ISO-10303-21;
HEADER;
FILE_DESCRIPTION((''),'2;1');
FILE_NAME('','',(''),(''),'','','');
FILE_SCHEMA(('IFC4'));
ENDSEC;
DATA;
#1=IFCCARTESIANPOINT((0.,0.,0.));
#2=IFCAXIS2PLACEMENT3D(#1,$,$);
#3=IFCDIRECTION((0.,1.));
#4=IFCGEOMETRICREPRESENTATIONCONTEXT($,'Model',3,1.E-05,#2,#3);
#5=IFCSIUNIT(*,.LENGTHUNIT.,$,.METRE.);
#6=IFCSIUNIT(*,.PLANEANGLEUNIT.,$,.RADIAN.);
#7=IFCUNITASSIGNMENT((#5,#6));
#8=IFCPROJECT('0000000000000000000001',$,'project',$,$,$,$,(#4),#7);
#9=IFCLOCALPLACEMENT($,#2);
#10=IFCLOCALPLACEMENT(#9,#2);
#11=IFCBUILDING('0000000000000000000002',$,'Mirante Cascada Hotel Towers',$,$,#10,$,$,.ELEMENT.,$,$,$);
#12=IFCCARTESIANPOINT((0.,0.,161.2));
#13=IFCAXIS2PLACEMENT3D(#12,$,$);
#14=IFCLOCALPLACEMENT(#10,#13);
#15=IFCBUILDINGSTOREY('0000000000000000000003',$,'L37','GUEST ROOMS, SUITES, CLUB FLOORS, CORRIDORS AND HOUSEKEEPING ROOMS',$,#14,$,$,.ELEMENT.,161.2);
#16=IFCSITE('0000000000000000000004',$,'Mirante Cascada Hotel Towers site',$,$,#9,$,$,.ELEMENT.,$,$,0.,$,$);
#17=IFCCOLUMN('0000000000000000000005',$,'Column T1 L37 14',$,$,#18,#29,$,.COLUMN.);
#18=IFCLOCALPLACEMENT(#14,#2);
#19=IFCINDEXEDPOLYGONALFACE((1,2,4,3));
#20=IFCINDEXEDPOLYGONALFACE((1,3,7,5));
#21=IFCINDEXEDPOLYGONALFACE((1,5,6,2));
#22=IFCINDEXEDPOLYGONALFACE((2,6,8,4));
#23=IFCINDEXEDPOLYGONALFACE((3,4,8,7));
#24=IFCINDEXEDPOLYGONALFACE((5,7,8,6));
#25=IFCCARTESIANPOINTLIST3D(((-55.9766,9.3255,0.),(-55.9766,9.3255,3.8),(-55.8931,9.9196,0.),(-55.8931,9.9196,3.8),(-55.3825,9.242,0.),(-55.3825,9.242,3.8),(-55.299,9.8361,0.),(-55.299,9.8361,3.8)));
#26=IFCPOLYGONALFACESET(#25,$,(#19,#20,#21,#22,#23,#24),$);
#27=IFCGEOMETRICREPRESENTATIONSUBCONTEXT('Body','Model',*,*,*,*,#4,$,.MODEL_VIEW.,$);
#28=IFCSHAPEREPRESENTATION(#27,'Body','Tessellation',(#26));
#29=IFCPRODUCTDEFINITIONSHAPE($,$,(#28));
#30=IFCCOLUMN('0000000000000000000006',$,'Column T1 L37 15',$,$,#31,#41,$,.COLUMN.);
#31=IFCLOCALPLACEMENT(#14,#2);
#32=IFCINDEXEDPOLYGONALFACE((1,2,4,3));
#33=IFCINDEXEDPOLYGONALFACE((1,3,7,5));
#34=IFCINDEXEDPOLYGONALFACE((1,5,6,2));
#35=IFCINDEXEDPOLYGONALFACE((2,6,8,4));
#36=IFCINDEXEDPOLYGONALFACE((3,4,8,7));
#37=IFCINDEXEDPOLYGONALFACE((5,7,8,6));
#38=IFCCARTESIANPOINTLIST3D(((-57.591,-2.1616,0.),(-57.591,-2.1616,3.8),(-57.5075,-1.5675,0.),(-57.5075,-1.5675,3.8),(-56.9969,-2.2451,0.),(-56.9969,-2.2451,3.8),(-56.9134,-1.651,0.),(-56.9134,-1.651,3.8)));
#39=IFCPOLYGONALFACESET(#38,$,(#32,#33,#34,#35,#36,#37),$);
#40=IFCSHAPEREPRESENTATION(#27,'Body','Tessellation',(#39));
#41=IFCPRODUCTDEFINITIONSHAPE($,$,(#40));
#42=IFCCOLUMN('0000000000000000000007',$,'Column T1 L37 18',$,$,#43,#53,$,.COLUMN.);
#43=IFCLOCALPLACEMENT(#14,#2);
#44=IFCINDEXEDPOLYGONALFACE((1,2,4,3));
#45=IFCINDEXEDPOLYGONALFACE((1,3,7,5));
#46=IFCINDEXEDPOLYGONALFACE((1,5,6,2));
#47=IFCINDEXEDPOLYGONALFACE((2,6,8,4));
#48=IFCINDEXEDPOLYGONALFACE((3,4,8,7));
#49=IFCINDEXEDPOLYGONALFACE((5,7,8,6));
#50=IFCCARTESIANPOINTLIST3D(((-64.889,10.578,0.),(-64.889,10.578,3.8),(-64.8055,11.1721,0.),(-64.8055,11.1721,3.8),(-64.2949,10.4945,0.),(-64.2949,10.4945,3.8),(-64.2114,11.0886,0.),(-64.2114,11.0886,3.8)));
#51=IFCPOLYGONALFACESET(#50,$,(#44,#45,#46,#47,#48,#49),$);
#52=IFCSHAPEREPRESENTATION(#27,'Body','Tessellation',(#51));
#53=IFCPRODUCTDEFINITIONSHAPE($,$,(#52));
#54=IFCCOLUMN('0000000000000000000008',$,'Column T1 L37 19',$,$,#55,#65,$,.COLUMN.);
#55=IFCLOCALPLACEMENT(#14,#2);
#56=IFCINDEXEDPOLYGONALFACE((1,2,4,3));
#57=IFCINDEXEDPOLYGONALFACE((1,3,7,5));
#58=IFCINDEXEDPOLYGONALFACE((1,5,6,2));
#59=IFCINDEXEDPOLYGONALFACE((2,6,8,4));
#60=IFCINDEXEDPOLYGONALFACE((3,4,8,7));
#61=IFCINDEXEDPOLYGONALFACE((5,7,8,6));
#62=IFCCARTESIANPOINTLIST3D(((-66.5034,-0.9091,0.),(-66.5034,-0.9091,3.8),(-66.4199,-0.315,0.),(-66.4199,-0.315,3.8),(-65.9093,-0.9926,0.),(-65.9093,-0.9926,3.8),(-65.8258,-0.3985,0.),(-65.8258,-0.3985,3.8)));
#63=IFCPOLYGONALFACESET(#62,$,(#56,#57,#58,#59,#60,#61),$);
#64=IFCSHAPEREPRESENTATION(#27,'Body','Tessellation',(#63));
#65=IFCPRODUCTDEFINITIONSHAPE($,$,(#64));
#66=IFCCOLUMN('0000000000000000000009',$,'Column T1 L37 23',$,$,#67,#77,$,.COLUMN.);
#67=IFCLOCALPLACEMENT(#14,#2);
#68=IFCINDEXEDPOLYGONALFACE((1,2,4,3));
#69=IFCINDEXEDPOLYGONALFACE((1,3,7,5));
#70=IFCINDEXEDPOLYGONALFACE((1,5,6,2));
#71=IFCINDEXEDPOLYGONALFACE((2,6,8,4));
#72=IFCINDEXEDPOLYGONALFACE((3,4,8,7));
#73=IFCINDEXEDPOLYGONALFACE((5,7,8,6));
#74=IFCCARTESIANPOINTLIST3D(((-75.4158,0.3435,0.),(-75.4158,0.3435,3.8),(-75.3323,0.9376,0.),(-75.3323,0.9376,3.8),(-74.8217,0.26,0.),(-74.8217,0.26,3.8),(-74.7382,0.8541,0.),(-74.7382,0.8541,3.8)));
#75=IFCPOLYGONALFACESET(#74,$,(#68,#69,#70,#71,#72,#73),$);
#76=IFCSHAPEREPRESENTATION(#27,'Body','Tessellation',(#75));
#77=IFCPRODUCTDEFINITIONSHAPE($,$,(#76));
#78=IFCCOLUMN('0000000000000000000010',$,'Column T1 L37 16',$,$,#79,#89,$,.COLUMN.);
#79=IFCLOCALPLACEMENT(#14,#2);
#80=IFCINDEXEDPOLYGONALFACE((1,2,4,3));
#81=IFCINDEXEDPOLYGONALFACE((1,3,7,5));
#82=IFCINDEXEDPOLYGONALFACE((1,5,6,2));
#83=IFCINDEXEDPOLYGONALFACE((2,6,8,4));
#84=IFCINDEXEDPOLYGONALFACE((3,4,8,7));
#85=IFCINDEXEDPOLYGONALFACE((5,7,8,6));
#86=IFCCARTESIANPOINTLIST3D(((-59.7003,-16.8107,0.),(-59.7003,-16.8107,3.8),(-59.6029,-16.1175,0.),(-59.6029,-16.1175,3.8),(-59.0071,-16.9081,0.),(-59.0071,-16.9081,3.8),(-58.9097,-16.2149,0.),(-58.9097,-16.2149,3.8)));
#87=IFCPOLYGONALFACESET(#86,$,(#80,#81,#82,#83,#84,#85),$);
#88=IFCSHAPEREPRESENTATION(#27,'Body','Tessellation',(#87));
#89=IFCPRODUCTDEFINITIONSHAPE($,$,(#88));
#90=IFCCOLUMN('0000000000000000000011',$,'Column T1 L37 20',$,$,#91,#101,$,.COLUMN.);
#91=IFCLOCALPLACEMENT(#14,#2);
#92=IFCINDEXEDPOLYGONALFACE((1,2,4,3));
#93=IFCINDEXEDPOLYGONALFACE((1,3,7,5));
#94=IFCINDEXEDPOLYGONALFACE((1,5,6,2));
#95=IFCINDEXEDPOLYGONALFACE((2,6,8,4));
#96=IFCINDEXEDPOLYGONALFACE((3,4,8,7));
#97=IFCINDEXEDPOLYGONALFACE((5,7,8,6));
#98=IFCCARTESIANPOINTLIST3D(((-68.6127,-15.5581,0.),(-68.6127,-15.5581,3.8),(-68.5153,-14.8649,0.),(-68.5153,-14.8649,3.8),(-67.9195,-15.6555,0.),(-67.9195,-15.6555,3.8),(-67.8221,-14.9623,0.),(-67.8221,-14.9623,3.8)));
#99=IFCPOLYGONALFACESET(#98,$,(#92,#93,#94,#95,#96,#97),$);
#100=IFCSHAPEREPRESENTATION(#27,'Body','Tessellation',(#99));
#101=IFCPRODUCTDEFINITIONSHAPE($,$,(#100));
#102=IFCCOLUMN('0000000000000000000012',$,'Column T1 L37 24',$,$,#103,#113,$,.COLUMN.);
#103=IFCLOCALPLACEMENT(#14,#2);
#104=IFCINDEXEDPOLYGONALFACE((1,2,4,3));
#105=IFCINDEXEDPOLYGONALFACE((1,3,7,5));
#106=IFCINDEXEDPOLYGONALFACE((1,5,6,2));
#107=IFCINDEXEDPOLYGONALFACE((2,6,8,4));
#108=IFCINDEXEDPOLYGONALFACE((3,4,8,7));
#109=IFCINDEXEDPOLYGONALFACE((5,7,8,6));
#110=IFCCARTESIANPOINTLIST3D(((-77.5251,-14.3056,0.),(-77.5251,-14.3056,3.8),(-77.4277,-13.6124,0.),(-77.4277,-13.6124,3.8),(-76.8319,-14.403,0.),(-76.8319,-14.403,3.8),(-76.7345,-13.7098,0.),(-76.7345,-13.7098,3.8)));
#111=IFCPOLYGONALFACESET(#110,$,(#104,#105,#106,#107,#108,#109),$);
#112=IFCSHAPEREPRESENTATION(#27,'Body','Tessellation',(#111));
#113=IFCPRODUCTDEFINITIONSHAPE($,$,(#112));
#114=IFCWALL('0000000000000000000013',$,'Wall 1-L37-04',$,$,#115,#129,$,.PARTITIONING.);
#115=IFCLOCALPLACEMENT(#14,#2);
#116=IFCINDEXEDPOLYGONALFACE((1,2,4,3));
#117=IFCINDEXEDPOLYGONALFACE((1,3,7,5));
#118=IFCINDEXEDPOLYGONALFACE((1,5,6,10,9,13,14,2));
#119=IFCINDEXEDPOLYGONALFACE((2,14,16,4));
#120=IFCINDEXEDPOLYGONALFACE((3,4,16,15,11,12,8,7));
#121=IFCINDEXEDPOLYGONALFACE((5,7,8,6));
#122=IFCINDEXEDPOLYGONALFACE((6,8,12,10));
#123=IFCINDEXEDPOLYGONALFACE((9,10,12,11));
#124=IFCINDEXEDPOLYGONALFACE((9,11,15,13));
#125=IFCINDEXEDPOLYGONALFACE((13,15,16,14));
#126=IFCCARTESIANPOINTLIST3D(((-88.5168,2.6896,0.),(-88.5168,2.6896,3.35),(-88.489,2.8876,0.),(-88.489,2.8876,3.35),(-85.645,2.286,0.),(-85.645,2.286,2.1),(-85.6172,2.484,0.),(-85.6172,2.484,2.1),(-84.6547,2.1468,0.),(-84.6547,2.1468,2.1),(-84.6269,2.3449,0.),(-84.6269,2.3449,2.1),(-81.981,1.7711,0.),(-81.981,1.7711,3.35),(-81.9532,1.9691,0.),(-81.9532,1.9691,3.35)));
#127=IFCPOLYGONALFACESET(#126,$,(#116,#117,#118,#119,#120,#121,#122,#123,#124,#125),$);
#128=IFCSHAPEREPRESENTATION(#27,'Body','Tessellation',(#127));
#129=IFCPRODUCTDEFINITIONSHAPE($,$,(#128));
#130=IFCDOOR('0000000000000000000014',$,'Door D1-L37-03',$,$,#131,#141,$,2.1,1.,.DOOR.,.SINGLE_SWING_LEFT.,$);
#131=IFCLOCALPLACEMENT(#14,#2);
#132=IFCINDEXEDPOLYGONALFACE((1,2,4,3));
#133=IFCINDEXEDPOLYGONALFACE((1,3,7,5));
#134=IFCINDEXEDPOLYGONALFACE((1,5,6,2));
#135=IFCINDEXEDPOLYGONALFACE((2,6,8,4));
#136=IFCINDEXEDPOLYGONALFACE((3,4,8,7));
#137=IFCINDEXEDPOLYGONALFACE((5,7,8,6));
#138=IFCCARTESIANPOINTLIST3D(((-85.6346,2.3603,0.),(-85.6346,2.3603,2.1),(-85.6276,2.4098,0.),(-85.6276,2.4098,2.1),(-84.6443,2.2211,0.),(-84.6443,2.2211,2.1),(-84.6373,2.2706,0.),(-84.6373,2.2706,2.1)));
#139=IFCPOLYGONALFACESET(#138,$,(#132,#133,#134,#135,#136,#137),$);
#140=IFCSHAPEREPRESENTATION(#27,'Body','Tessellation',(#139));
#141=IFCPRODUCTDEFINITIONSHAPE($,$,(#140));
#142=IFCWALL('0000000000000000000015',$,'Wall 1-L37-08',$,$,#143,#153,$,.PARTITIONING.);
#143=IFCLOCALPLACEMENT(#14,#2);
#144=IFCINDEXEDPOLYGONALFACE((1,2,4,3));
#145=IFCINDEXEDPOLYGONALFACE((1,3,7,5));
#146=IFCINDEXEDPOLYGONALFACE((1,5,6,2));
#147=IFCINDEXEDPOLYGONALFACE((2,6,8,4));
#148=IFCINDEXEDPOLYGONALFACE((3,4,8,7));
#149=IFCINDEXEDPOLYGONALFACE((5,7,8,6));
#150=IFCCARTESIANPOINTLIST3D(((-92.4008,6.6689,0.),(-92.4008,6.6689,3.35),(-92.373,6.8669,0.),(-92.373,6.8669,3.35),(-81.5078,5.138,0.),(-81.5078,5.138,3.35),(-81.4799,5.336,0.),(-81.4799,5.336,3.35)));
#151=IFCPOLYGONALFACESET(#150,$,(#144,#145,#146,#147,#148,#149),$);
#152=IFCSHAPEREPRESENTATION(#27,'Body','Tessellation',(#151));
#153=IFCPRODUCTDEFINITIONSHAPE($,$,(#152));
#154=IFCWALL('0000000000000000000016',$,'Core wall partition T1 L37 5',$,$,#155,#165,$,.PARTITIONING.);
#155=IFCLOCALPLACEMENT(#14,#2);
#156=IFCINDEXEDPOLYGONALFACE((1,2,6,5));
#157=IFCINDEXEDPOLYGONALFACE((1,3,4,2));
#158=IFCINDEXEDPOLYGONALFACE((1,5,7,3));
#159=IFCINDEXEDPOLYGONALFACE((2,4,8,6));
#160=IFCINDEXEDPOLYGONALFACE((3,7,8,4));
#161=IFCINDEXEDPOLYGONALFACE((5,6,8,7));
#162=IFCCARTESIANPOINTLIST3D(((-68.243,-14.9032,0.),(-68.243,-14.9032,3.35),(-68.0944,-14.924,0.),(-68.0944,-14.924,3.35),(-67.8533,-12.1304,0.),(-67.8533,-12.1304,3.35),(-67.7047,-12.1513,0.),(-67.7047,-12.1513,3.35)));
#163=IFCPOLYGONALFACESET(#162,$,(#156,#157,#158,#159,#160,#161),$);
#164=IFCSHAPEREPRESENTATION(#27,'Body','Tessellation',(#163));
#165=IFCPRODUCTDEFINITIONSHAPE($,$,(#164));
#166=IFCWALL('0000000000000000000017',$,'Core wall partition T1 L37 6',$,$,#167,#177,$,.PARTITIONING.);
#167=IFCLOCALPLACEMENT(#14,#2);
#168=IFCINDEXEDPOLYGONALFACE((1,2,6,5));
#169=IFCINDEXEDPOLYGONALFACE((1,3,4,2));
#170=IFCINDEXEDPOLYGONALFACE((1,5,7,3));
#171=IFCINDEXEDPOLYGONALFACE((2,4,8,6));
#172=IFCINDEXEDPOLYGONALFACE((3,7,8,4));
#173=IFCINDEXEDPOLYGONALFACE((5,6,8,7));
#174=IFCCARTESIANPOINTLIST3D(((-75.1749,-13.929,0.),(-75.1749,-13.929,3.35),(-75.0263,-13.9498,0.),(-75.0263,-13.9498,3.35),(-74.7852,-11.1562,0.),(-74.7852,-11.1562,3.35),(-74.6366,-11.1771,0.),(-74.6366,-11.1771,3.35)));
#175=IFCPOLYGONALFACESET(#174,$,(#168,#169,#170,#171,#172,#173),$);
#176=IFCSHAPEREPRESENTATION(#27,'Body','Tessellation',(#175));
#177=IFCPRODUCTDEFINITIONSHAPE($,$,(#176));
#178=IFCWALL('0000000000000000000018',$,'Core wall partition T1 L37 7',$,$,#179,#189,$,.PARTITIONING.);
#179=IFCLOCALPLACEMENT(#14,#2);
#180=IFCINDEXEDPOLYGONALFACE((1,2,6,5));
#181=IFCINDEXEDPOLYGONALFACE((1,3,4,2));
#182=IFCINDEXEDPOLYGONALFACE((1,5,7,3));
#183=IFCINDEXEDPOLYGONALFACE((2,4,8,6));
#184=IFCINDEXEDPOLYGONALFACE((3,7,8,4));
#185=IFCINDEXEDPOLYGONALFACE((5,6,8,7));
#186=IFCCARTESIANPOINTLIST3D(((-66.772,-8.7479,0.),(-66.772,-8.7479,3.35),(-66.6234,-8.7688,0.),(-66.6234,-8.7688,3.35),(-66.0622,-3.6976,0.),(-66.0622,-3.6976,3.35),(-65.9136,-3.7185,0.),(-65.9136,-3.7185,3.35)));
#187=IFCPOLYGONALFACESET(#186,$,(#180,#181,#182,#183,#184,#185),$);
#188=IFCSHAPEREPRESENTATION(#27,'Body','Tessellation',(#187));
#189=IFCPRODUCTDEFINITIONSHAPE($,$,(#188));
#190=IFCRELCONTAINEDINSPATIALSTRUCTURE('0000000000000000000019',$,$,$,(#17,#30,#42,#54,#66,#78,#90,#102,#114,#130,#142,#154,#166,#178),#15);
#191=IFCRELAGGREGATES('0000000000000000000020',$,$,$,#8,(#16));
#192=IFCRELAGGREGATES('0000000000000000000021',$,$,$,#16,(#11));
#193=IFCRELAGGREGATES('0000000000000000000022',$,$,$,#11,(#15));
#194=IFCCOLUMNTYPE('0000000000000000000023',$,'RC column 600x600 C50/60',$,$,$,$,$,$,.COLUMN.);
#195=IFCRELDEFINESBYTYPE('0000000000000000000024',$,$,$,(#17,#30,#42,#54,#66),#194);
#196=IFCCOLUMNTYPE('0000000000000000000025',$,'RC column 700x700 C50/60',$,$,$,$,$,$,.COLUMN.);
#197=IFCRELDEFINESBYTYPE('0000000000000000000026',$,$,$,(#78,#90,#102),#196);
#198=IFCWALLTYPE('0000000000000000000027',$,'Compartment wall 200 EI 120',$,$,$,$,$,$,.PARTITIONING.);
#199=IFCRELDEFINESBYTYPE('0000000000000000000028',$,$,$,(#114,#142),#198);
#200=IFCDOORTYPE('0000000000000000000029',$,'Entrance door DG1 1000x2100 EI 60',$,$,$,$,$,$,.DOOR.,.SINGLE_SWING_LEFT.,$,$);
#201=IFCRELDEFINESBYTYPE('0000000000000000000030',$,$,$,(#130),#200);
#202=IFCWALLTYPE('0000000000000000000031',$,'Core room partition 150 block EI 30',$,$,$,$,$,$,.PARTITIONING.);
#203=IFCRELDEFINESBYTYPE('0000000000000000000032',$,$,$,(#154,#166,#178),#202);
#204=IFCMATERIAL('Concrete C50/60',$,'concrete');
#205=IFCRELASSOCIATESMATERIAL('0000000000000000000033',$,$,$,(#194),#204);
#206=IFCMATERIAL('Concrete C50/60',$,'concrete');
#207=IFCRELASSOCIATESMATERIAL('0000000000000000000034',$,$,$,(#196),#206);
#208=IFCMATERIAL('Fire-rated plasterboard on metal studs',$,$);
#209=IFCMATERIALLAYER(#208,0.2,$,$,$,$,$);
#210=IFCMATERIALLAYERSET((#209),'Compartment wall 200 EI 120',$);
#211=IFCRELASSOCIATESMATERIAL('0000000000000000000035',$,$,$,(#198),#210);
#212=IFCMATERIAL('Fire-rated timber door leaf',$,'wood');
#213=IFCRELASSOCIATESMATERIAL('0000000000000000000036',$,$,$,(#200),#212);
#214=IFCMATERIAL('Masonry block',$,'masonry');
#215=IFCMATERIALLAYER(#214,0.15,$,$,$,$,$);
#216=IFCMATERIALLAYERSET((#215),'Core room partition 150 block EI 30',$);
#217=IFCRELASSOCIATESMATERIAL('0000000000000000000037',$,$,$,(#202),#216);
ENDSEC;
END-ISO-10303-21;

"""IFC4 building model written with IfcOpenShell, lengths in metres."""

from ifc_helpers import new_model, si_unit, direction, frame, frame_2d, origin, origin_2d, place, context, subcontext, project, spatial, rectangle, extrude, material, layer, layer_set, material_profile, profile_set, type_object, element, fill, save


model = new_model("IFC4")

# Units and contexts
model_context = context("Model", 3, precision=1e-05, world=origin(), true_north=direction((0.0, 1.0)))
body_context = subcontext(model_context, "Body", "Model", "MODEL_VIEW")
ifc_project = project(units=[si_unit("LENGTHUNIT", "METRE"), si_unit("PLANEANGLEUNIT", "RADIAN")], contexts=[model_context])

# Site, building, storey
site_placement = place(None, origin())
site = spatial("IfcSite", under=ifc_project, at=site_placement, Name="Mirante Cascada Hotel Towers site", CompositionType="ELEMENT", RefElevation=0.0)
building_placement = place(site_placement, origin())
building = spatial("IfcBuilding", under=site, at=building_placement, Name="Mirante Cascada Hotel Towers", CompositionType="ELEMENT")
storey_placement = place(building_placement, frame((0.0, 0.0, 161.2)))
storey = spatial("IfcBuildingStorey", under=building, at=storey_placement, Name="L37", Description="GUEST ROOMS, SUITES, CLUB FLOORS, CORRIDORS AND HOUSEKEEPING ROOMS", CompositionType="ELEMENT", Elevation=161.2)

# Columns
ifc_material_1 = material(Name="Concrete C50/60", Category="concrete")
ifc_material_profile_1 = material_profile(ifc_material_1, rectangle(XDim=0.6, YDim=0.6, at=origin_2d()), Name="RC column 600x600 C50/60")
ifc_profile_set_1 = profile_set([ifc_material_profile_1], Name="Concrete C50/60")
column_type_1 = type_object("IfcColumnType", Name="RC column 600x600 C50/60", PredefinedType="COLUMN", material=ifc_profile_set_1)
for number, where, z_axis, x_axis, name in (
    (1, (-55.6378, 9.5808, 0.0), (0.0, 0.0, 1.0), (-0.990268, 0.139173, 0.0), "Column T1 L37 14"),
    (2, (-57.2522, -1.9063, 0.0), (0.0, 0.0, 1.0), (-0.990268, 0.139173, 0.0), "Column T1 L37 15"),
    (3, (-64.5502, 10.8333, 0.0), (0.0, 0.0, 1.0), (-0.990268, 0.139173, 0.0), "Column T1 L37 18"),
    (4, (-66.1646, -0.6538, 0.0), (0.0, 0.0, 1.0), (-0.990268, 0.139173, 0.0), "Column T1 L37 19"),
    (5, (-75.077, 0.5988, 0.0), (0.0, 0.0, 1.0), (-0.990268, 0.139173, 0.0), "Column T1 L37 23"),
):
    element("IfcColumn", number, at=place(storey_placement, frame(where, z_axis=z_axis, x_axis=x_axis)), inside=storey, type_object=column_type_1, Name=name, PredefinedType="COLUMN", context=body_context, shape_type="SweptSolid", body=[
        extrude(rectangle(XDim=0.6, YDim=0.6, at=origin_2d()), origin(), (0.0, 0.0, 1.0), 3.8),
    ])
ifc_material_2 = material(Name="Concrete C50/60", Category="concrete")
ifc_material_profile_2 = material_profile(ifc_material_2, rectangle(XDim=0.7, YDim=0.7, at=origin_2d()), Name="RC column 700x700 C50/60")
ifc_profile_set_2 = profile_set([ifc_material_profile_2], Name="Concrete C50/60")
column_type_2 = type_object("IfcColumnType", Name="RC column 700x700 C50/60", PredefinedType="COLUMN", material=ifc_profile_set_2)
for number, where, z_axis, x_axis, name in (
    (6, (-59.305, -16.5128, 0.0), (0.0, 0.0, 1.0), (-0.990268, 0.139173, 0.0), "Column T1 L37 16"),
    (7, (-68.2174, -15.2602, 0.0), (0.0, 0.0, 1.0), (-0.990268, 0.139173, 0.0), "Column T1 L37 20"),
    (8, (-77.1298, -14.0077, 0.0), (0.0, 0.0, 1.0), (-0.990268, 0.139173, 0.0), "Column T1 L37 24"),
):
    element("IfcColumn", number, at=place(storey_placement, frame(where, z_axis=z_axis, x_axis=x_axis)), inside=storey, type_object=column_type_2, Name=name, PredefinedType="COLUMN", context=body_context, shape_type="SweptSolid", body=[
        extrude(rectangle(XDim=0.7, YDim=0.7, at=origin_2d()), origin(), (0.0, 0.0, 1.0), 3.8),
    ])

# Wall, opening, door
ifc_material_3 = material(Name="Fire-rated plasterboard on metal studs")
ifc_layer_1 = layer(ifc_material_3, 0.2)
ifc_layer_set_1 = layer_set([ifc_layer_1], Name="Compartment wall 200 EI 120")
wall_type_1 = type_object("IfcWallType", Name="Compartment wall 200 EI 120", PredefinedType="PARTITIONING", material=ifc_layer_set_1)
wall_1_placement = place(storey_placement, frame((-81.9671, 1.8701, 0.0), z_axis=(0.0, 0.0, 1.0), x_axis=(-0.990269, 0.139166, 0.0)))
wall_1 = element("IfcWall", 9, at=wall_1_placement, inside=storey, type_object=wall_type_1, Name="Wall 1-L37-04", PredefinedType="PARTITIONING", context=body_context, shape_type="SweptSolid", body=[
    extrude(rectangle(XDim=6.6, YDim=0.2, at=frame_2d((3.3, 0.0))), origin(), (0.0, 0.0, 1.0), 3.35),
])
opening_1_placement = place(wall_1_placement, frame((2.7, 0.0, 0.0)))
opening_1 = element("IfcOpeningElement", 10, at=opening_1_placement, cuts=wall_1, PredefinedType="OPENING", context=body_context, shape_type="SweptSolid", body=[
    extrude(rectangle(XDim=1.0, YDim=2.1, at=frame_2d((0.5, 1.05))), frame((0.0, 0.1, 0.0), z_axis=(0.0, -1.0, 0.0), x_axis=(1.0, 0.0, 0.0)), (0.0, 0.0, 1.0), 0.2),
])
ifc_material_4 = material(Name="Fire-rated timber door leaf", Category="wood")
door_type_1 = type_object("IfcDoorType", Name="Entrance door DG1 1000x2100 EI 60", OperationType="SINGLE_SWING_LEFT", PredefinedType="DOOR", material=ifc_material_4)
door_1_placement = place(opening_1_placement, origin())
door_1 = element("IfcDoor", 11, at=door_1_placement, inside=storey, type_object=door_type_1, Name="Door D1-L37-03", OperationType="SINGLE_SWING_LEFT", OverallHeight=2.1, OverallWidth=1.0, PredefinedType="DOOR", context=body_context, shape_type="SweptSolid", body=[
    extrude(rectangle(XDim=1.0, YDim=2.1, at=frame_2d((0.5, 1.05))), frame((0.0, 0.025, 0.0), z_axis=(0.0, -1.0, 0.0), x_axis=(1.0, 0.0, 0.0)), (0.0, 0.0, 1.0), 0.05),
])
fill(opening_1, door_1)

# Walls
wall_2_placement = place(storey_placement, frame((-81.4939, 5.237, 0.0), z_axis=(0.0, 0.0, 1.0), x_axis=(-0.990268, 0.139172, 0.0)))
element("IfcWall", 12, at=wall_2_placement, inside=storey, type_object=wall_type_1, Name="Wall 1-L37-08", PredefinedType="PARTITIONING", context=body_context, shape_type="SweptSolid", body=[
    extrude(rectangle(XDim=11.0001, YDim=0.2, at=frame_2d((5.5, 0.0))), origin(), (0.0, 0.0, 1.0), 3.35),
])
ifc_material_5 = material(Name="Masonry block", Category="masonry")
ifc_layer_2 = layer(ifc_material_5, 0.15)
ifc_layer_set_2 = layer_set([ifc_layer_2], Name="Core room partition 150 block EI 30")
wall_type_2 = type_object("IfcWallType", Name="Core room partition 150 block EI 30", PredefinedType="PARTITIONING", material=ifc_layer_set_2)
for number, where, z_axis, x_axis, name in (
    (13, (-68.1687, -14.9136, 0.0), (0.0, 0.0, 1.0), (0.139181, 0.990267, 0.0), "Core wall partition T1 L37 5"),
    (14, (-75.1006, -13.9394, 0.0), (0.0, 0.0, 1.0), (0.139181, 0.990267, 0.0), "Core wall partition T1 L37 6"),
):
    element("IfcWall", number, at=place(storey_placement, frame(where, z_axis=z_axis, x_axis=x_axis)), inside=storey, type_object=wall_type_2, Name=name, PredefinedType="PARTITIONING", context=body_context, shape_type="SweptSolid", body=[
        extrude(rectangle(XDim=2.8, YDim=0.15, at=frame_2d((1.4, 0.0))), origin(), (0.0, 0.0, 1.0), 3.35),
    ])
wall_3_placement = place(storey_placement, frame((-66.6977, -8.7584, 0.0), z_axis=(0.0, 0.0, 1.0), x_axis=(0.139178, 0.990267, 0.0)))
element("IfcWall", 15, at=wall_3_placement, inside=storey, type_object=wall_type_2, Name="Core wall partition T1 L37 7", PredefinedType="PARTITIONING", context=body_context, shape_type="SweptSolid", body=[
    extrude(rectangle(XDim=5.0999, YDim=0.15, at=frame_2d((2.55, 0.0))), origin(), (0.0, 0.0, 1.0), 3.35),
])

save(model, "model.ifc")
